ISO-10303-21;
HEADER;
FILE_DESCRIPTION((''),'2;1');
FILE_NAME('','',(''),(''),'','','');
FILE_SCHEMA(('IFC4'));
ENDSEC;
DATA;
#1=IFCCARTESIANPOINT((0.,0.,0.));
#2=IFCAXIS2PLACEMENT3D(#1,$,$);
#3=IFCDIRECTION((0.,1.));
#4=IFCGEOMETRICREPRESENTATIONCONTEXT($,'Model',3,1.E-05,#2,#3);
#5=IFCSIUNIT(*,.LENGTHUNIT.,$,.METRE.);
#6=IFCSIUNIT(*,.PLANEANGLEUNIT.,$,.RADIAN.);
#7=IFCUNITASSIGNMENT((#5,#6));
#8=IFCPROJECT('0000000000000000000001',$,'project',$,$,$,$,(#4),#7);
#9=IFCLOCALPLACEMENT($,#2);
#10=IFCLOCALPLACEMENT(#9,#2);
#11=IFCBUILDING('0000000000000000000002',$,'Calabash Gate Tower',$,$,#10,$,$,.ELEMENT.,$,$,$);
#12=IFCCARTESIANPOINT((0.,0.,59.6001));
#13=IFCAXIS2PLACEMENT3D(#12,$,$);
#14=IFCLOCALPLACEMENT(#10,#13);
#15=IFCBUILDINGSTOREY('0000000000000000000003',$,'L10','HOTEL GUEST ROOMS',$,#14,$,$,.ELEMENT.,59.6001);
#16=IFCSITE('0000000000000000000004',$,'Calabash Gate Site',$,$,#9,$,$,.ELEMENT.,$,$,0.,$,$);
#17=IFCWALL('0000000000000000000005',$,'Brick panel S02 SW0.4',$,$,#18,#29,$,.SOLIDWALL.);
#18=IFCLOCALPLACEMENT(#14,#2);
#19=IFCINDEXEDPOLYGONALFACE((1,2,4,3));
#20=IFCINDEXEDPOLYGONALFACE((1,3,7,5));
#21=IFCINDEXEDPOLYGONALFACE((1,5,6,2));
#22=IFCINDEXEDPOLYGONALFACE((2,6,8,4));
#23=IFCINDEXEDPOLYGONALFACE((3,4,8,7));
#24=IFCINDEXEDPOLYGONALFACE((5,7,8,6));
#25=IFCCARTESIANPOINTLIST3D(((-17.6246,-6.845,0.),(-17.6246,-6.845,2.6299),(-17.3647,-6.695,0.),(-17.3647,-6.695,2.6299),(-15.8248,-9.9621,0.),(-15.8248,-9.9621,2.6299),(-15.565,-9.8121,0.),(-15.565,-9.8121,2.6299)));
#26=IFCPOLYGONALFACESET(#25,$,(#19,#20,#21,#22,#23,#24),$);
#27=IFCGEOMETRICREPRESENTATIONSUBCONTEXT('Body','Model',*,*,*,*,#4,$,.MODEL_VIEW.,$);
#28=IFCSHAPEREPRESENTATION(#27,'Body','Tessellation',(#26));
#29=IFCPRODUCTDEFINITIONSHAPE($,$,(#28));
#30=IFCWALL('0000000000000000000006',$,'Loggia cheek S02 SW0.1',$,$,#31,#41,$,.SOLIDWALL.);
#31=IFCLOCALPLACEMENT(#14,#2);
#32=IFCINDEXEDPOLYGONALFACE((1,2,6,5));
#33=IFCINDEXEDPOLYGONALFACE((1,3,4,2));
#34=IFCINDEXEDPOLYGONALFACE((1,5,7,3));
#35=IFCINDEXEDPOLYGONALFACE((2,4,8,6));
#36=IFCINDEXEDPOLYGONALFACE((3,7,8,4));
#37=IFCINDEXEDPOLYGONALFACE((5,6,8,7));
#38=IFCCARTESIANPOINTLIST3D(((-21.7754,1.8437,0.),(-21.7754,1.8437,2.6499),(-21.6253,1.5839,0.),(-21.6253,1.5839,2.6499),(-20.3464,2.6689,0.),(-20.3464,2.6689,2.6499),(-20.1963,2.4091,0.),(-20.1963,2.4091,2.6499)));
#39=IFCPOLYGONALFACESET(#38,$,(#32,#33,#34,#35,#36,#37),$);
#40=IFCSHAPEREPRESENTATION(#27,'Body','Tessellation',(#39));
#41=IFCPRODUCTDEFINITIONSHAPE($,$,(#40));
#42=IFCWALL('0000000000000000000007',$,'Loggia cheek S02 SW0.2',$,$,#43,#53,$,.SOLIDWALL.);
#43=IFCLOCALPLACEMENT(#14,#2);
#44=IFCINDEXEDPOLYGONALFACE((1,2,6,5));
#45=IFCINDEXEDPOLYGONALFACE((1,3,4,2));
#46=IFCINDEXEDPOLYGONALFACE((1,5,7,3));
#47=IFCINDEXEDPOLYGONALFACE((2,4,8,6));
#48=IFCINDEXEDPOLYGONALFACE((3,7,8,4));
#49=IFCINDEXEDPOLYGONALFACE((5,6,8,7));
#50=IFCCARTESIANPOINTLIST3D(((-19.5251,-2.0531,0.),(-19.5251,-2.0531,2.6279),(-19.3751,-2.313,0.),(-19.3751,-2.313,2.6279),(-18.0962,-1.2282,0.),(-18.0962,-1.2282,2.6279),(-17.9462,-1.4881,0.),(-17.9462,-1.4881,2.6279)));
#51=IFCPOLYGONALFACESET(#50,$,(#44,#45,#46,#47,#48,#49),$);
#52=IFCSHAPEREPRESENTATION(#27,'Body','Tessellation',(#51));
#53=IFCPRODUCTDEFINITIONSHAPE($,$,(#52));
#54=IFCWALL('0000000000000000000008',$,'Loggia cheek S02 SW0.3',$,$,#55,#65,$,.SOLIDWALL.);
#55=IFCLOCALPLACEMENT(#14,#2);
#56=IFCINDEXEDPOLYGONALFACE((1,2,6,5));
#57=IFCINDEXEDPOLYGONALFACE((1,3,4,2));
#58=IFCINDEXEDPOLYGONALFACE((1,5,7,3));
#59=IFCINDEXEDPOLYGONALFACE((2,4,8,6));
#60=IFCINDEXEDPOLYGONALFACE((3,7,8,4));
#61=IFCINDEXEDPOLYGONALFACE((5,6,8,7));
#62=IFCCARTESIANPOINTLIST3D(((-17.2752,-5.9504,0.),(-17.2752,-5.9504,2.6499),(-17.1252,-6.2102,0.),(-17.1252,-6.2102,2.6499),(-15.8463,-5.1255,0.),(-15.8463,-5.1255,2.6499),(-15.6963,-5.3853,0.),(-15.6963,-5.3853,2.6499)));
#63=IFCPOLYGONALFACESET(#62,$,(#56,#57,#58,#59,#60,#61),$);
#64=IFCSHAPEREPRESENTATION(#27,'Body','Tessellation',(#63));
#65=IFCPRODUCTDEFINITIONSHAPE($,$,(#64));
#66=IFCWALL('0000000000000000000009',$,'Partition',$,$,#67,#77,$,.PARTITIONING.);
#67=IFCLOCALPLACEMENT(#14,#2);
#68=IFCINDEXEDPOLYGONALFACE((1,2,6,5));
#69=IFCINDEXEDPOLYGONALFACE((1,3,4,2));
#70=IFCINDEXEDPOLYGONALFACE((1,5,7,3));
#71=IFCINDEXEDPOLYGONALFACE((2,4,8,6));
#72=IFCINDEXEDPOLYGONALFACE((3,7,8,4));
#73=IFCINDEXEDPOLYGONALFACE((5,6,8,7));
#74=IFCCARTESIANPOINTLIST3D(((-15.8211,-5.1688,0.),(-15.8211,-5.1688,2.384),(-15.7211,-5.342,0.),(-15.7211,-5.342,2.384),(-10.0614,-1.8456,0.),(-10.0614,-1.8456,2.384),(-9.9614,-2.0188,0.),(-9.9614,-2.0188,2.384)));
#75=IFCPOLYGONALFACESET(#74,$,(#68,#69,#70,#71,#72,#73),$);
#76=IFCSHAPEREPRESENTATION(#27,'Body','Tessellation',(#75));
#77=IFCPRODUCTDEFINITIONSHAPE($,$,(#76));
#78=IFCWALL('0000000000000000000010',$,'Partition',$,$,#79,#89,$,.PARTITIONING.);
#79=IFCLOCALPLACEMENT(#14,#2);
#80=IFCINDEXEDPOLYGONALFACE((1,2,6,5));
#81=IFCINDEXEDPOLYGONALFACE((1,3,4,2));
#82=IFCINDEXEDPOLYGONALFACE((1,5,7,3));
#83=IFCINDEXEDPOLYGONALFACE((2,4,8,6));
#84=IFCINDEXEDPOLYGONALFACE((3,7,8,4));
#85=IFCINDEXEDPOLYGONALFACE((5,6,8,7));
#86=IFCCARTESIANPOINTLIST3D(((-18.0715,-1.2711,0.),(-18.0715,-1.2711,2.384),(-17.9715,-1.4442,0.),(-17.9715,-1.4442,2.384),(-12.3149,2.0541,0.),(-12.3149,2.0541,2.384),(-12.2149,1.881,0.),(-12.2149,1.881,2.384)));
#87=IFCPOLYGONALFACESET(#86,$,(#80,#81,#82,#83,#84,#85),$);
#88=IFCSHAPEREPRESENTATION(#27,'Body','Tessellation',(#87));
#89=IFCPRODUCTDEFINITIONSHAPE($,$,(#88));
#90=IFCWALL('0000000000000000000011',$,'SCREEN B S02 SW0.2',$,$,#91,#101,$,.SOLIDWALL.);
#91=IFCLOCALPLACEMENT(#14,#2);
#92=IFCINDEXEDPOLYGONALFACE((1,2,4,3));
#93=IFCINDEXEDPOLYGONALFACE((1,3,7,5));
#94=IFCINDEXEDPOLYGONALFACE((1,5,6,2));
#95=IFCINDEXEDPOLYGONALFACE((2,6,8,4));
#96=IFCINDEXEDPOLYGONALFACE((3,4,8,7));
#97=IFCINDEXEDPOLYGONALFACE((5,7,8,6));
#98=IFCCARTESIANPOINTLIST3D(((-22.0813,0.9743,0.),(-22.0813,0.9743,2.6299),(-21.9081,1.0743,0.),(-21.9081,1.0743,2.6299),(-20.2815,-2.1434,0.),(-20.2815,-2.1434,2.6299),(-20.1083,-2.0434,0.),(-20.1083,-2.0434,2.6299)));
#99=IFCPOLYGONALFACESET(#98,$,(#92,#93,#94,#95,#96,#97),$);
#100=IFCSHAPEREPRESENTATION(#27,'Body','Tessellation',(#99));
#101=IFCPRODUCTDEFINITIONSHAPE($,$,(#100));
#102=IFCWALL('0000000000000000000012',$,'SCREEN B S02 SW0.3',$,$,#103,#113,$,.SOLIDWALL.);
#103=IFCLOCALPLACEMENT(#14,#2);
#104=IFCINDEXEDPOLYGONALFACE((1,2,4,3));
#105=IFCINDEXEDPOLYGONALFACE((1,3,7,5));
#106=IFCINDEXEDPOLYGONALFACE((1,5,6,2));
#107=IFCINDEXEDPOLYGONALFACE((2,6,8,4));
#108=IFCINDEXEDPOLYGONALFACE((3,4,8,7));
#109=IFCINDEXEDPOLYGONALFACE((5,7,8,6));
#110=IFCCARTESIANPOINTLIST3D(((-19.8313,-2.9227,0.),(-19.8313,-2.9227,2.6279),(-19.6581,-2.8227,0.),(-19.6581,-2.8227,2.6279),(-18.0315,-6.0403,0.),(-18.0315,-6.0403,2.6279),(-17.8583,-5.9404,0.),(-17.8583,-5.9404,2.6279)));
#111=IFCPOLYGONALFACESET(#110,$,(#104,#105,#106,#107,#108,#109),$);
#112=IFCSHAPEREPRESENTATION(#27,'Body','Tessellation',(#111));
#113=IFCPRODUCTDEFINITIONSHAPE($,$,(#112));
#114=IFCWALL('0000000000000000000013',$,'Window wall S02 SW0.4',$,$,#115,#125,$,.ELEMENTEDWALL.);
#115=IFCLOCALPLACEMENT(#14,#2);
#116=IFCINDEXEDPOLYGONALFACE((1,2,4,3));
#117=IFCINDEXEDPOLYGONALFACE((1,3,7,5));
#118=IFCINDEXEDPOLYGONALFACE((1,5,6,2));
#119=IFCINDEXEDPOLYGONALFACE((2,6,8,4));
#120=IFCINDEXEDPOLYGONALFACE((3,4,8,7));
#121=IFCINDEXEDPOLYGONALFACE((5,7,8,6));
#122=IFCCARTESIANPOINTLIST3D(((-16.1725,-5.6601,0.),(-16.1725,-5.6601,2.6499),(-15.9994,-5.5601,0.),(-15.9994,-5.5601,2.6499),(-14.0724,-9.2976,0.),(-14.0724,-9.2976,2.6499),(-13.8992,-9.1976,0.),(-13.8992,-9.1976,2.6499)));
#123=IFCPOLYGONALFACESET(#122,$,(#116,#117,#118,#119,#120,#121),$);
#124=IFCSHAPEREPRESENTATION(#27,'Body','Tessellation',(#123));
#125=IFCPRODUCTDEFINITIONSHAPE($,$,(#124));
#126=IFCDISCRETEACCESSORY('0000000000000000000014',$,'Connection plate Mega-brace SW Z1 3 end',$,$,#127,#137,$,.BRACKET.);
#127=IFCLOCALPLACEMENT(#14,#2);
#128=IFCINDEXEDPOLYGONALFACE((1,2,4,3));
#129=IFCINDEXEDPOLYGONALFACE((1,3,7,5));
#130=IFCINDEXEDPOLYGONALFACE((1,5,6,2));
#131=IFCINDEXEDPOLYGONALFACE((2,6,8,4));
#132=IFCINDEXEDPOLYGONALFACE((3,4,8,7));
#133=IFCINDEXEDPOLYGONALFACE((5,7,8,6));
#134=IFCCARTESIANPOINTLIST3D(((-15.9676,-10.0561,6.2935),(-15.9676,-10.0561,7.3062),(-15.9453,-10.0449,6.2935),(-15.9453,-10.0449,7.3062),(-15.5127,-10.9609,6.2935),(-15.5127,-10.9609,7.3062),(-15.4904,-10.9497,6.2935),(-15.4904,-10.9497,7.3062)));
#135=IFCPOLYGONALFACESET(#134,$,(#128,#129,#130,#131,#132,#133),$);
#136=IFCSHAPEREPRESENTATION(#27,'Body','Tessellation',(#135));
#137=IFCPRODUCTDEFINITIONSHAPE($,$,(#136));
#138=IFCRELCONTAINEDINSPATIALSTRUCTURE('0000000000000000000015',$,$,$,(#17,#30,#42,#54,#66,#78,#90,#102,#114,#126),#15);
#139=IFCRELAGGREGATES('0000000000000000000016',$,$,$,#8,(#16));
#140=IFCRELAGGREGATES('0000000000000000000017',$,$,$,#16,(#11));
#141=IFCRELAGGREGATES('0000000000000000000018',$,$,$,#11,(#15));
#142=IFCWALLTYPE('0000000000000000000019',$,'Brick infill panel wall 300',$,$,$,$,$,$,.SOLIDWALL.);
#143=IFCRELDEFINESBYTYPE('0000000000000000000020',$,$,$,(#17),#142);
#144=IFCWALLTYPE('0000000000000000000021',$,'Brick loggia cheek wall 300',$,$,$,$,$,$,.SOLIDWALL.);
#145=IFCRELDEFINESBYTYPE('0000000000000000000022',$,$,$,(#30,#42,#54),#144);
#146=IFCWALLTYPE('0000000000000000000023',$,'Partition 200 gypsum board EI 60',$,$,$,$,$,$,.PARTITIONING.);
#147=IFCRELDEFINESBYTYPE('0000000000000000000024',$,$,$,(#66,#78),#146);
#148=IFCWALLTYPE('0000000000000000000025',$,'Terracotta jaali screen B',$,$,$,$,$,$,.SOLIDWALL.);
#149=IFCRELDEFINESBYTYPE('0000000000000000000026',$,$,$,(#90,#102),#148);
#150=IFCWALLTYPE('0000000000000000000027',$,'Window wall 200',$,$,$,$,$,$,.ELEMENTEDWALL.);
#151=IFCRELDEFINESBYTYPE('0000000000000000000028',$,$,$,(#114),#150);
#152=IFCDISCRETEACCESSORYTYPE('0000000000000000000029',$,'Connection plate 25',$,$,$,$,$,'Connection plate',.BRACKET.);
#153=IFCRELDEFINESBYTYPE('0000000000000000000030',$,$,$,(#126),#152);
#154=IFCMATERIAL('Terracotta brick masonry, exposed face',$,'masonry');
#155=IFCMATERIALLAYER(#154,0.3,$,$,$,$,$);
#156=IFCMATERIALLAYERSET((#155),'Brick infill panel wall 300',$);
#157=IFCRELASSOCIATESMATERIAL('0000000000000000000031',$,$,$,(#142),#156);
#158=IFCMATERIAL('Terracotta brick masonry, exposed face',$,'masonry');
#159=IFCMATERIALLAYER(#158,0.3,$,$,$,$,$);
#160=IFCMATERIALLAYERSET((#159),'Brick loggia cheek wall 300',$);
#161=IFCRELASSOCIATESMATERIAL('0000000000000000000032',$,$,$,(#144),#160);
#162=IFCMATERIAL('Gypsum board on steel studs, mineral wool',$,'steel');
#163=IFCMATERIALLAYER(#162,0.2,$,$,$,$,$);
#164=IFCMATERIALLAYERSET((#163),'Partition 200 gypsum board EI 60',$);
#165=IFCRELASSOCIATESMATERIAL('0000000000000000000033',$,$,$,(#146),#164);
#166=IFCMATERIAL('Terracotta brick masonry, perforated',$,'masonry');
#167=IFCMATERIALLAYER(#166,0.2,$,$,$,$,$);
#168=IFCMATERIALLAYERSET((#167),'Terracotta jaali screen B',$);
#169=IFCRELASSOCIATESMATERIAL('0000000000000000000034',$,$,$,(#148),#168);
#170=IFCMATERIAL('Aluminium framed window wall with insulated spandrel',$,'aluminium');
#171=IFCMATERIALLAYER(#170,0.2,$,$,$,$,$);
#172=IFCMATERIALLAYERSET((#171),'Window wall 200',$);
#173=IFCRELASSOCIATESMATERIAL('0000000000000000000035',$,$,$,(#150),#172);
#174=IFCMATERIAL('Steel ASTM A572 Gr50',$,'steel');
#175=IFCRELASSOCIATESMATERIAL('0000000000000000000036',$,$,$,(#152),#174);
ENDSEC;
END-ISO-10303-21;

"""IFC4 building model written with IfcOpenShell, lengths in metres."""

from ifc_helpers import new_model, si_unit, direction, frame, frame_2d, origin, origin_2d, place, context, subcontext, project, spatial, rectangle, extrude, material, layer, layer_set, type_object, element, save


model = new_model("IFC4")

# Units and contexts
model_context = context("Model", 3, precision=1e-05, world=origin(), true_north=direction((0.0, 1.0)))
body_context = subcontext(model_context, "Body", "Model", "MODEL_VIEW")
ifc_project = project(units=[si_unit("LENGTHUNIT", "METRE"), si_unit("PLANEANGLEUNIT", "RADIAN")], contexts=[model_context])

# Site, building, storey
site_placement = place(None, origin())
site = spatial("IfcSite", under=ifc_project, at=site_placement, Name="Calabash Gate Site", CompositionType="ELEMENT", RefElevation=0.0)
building_placement = place(site_placement, origin())
building = spatial("IfcBuilding", under=site, at=building_placement, Name="Calabash Gate Tower", CompositionType="ELEMENT")
storey_placement = place(building_placement, frame((0.0, 0.0, 59.6001)))
storey = spatial("IfcBuildingStorey", under=building, at=storey_placement, Name="L10", Description="HOTEL GUEST ROOMS", CompositionType="ELEMENT", Elevation=59.6001)

# Walls
ifc_material_1 = material(Name="Terracotta brick masonry, exposed face", Category="masonry")
ifc_layer_1 = layer(ifc_material_1, 0.3)
ifc_layer_set_1 = layer_set([ifc_layer_1], Name="Brick infill panel wall 300")
wall_type_1 = type_object("IfcWallType", Name="Brick infill panel wall 300", PredefinedType="SOLIDWALL", material=ifc_layer_set_1)
wall_1_placement = place(storey_placement, frame((-15.6948, -9.8872, 0.0), z_axis=(0.0, 0.0, 1.0), x_axis=(-0.50002, 0.866014, 0.0)))
element("IfcWall", 1, at=wall_1_placement, inside=storey, type_object=wall_type_1, Name="Brick panel S02 SW0.4", PredefinedType="SOLIDWALL", context=body_context, shape_type="SweptSolid", body=[
    extrude(rectangle(XDim=3.5994, YDim=0.3, at=frame_2d((1.7998, 0.0))), origin(), (0.0, 0.0, 1.0), 2.6299),
])
ifc_material_2 = material(Name="Terracotta brick masonry, exposed face", Category="masonry")
ifc_layer_2 = layer(ifc_material_2, 0.3)
ifc_layer_set_2 = layer_set([ifc_layer_2], Name="Brick loggia cheek wall 300")
wall_type_2 = type_object("IfcWallType", Name="Brick loggia cheek wall 300", PredefinedType="SOLIDWALL", material=ifc_layer_set_2)
wall_2_placement = place(storey_placement, frame((-20.2712, 2.5391, 0.0), z_axis=(0.0, 0.0, 1.0), x_axis=(-0.865976, -0.500085, 0.0)))
element("IfcWall", 2, at=wall_2_placement, inside=storey, type_object=wall_type_2, Name="Loggia cheek S02 SW0.1", PredefinedType="SOLIDWALL", context=body_context, shape_type="SweptSolid", body=[
    extrude(rectangle(XDim=1.6501, YDim=0.3, at=frame_2d((0.8252, 0.0))), origin(), (0.0, 0.0, 1.0), 2.6499),
])
wall_3_placement = place(storey_placement, frame((-18.0212, -1.3582, 0.0), z_axis=(0.0, 0.0, 1.0), x_axis=(-0.86604, -0.499974, 0.0)))
element("IfcWall", 3, at=wall_3_placement, inside=storey, type_object=wall_type_2, Name="Loggia cheek S02 SW0.2", PredefinedType="SOLIDWALL", context=body_context, shape_type="SweptSolid", body=[
    extrude(rectangle(XDim=1.6499, YDim=0.3, at=frame_2d((0.825, 0.0))), origin(), (0.0, 0.0, 1.0), 2.6279),
])
wall_4_placement = place(storey_placement, frame((-17.2002, -6.0803, 0.0), z_axis=(0.0, 0.0, 1.0), x_axis=(0.86604, 0.499974, 0.0)))
element("IfcWall", 4, at=wall_4_placement, inside=storey, type_object=wall_type_2, Name="Loggia cheek S02 SW0.3", PredefinedType="SOLIDWALL", context=body_context, shape_type="SweptSolid", body=[
    extrude(rectangle(XDim=1.6499, YDim=0.3, at=frame_2d((0.825, 0.0))), origin(), (0.0, 0.0, 1.0), 2.6499),
])
ifc_material_3 = material(Name="Gypsum board on steel studs, mineral wool", Category="steel")
ifc_layer_3 = layer(ifc_material_3, 0.2)
ifc_layer_set_3 = layer_set([ifc_layer_3], Name="Partition 200 gypsum board EI 60")
wall_type_3 = type_object("IfcWallType", Name="Partition 200 gypsum board EI 60", PredefinedType="PARTITIONING", material=ifc_layer_set_3)
wall_5_placement = place(storey_placement, frame((-15.771, -5.2554, 0.0), z_axis=(0.0, 0.0, 1.0), x_axis=(0.866166, 0.499756, 0.0)))
element("IfcWall", 5, at=wall_5_placement, inside=storey, type_object=wall_type_3, Name="Partition", PredefinedType="PARTITIONING", context=body_context, shape_type="SweptSolid", body=[
    extrude(rectangle(XDim=6.6497, YDim=0.2, at=frame_2d((3.3247, 0.0))), origin(), (0.0, 0.0, 1.0), 2.384),
])
wall_6_placement = place(storey_placement, frame((-18.0215, -1.3577, 0.0), z_axis=(0.0, 0.0, 1.0), x_axis=(0.86592, 0.500183, 0.0)))
element("IfcWall", 6, at=wall_6_placement, inside=storey, type_object=wall_type_3, Name="Partition", PredefinedType="PARTITIONING", context=body_context, shape_type="SweptSolid", body=[
    extrude(rectangle(XDim=6.6479, YDim=0.2, at=frame_2d((3.324, 0.0))), origin(), (0.0, 0.0, 1.0), 2.384),
])
ifc_material_4 = material(Name="Terracotta brick masonry, perforated", Category="masonry")
ifc_layer_4 = layer(ifc_material_4, 0.2)
ifc_layer_set_4 = layer_set([ifc_layer_4], Name="Terracotta jaali screen B")
wall_type_4 = type_object("IfcWallType", Name="Terracotta jaali screen B", PredefinedType="SOLIDWALL", material=ifc_layer_set_4)
wall_7_placement = place(storey_placement, frame((-21.9946, 1.0242, 0.0), z_axis=(0.0, 0.0, 1.0), x_axis=(0.499961, -0.866048, 0.0)))
element("IfcWall", 7, at=wall_7_placement, inside=storey, type_object=wall_type_4, Name="SCREEN B S02 SW0.2", PredefinedType="SOLIDWALL", context=body_context, shape_type="SweptSolid", body=[
    extrude(rectangle(XDim=3.5999, YDim=0.2, at=frame_2d((1.7998, 0.0))), origin(), (0.0, 0.0, 1.0), 2.6299),
])
wall_8_placement = place(storey_placement, frame((-19.7446, -2.8728, 0.0), z_axis=(0.0, 0.0, 1.0), x_axis=(0.499961, -0.866048, 0.0)))
element("IfcWall", 8, at=wall_8_placement, inside=storey, type_object=wall_type_4, Name="SCREEN B S02 SW0.3", PredefinedType="SOLIDWALL", context=body_context, shape_type="SweptSolid", body=[
    extrude(rectangle(XDim=3.5999, YDim=0.2, at=frame_2d((1.7998, 0.0))), origin(), (0.0, 0.0, 1.0), 2.6279),
])

# Shared definitions
ifc_material_5 = material(Name="Aluminium framed window wall with insulated spandrel", Category="aluminium")
ifc_layer_5 = layer(ifc_material_5, 0.2)
ifc_layer_set_5 = layer_set([ifc_layer_5], Name="Window wall 200")
wall_type_5 = type_object("IfcWallType", Name="Window wall 200", PredefinedType="ELEMENTEDWALL", material=ifc_layer_set_5)

# Wall
wall_9_placement = place(storey_placement, frame((-16.0859, -5.6101, 0.0), z_axis=(0.0, 0.0, 1.0), x_axis=(0.500003, -0.866024, 0.0)))
element("IfcWall", 9, at=wall_9_placement, inside=storey, type_object=wall_type_5, Name="Window wall S02 SW0.4", PredefinedType="ELEMENTEDWALL", context=body_context, shape_type="SweptSolid", body=[
    extrude(rectangle(XDim=4.2002, YDim=0.2, at=frame_2d((2.1001, 0.0))), origin(), (0.0, 0.0, 1.0), 2.6499),
])

# Discrete accessory
ifc_material_6 = material(Name="Steel ASTM A572 Gr50", Category="steel")
discrete_accessory_type = type_object("IfcDiscreteAccessoryType", Name="Connection plate 25", ElementType="Connection plate", PredefinedType="BRACKET", material=ifc_material_6)
discrete_accessory_placement = place(storey_placement, frame((-15.729, -10.5029, 6.2935), z_axis=(0.0, 0.0, 1.0), x_axis=(-0.449164, 0.893449, 0.0)))
element("IfcDiscreteAccessory", 10, at=discrete_accessory_placement, inside=storey, type_object=discrete_accessory_type, Name="Connection plate Mega-brace SW Z1 3 end", PredefinedType="BRACKET", context=body_context, shape_type="SweptSolid", body=[
    extrude(rectangle(XDim=1.0127, YDim=0.0249, at=origin_2d()), origin(), (0.0, 0.0, 1.0), 1.0127),
])

save(model, "model.ifc")
